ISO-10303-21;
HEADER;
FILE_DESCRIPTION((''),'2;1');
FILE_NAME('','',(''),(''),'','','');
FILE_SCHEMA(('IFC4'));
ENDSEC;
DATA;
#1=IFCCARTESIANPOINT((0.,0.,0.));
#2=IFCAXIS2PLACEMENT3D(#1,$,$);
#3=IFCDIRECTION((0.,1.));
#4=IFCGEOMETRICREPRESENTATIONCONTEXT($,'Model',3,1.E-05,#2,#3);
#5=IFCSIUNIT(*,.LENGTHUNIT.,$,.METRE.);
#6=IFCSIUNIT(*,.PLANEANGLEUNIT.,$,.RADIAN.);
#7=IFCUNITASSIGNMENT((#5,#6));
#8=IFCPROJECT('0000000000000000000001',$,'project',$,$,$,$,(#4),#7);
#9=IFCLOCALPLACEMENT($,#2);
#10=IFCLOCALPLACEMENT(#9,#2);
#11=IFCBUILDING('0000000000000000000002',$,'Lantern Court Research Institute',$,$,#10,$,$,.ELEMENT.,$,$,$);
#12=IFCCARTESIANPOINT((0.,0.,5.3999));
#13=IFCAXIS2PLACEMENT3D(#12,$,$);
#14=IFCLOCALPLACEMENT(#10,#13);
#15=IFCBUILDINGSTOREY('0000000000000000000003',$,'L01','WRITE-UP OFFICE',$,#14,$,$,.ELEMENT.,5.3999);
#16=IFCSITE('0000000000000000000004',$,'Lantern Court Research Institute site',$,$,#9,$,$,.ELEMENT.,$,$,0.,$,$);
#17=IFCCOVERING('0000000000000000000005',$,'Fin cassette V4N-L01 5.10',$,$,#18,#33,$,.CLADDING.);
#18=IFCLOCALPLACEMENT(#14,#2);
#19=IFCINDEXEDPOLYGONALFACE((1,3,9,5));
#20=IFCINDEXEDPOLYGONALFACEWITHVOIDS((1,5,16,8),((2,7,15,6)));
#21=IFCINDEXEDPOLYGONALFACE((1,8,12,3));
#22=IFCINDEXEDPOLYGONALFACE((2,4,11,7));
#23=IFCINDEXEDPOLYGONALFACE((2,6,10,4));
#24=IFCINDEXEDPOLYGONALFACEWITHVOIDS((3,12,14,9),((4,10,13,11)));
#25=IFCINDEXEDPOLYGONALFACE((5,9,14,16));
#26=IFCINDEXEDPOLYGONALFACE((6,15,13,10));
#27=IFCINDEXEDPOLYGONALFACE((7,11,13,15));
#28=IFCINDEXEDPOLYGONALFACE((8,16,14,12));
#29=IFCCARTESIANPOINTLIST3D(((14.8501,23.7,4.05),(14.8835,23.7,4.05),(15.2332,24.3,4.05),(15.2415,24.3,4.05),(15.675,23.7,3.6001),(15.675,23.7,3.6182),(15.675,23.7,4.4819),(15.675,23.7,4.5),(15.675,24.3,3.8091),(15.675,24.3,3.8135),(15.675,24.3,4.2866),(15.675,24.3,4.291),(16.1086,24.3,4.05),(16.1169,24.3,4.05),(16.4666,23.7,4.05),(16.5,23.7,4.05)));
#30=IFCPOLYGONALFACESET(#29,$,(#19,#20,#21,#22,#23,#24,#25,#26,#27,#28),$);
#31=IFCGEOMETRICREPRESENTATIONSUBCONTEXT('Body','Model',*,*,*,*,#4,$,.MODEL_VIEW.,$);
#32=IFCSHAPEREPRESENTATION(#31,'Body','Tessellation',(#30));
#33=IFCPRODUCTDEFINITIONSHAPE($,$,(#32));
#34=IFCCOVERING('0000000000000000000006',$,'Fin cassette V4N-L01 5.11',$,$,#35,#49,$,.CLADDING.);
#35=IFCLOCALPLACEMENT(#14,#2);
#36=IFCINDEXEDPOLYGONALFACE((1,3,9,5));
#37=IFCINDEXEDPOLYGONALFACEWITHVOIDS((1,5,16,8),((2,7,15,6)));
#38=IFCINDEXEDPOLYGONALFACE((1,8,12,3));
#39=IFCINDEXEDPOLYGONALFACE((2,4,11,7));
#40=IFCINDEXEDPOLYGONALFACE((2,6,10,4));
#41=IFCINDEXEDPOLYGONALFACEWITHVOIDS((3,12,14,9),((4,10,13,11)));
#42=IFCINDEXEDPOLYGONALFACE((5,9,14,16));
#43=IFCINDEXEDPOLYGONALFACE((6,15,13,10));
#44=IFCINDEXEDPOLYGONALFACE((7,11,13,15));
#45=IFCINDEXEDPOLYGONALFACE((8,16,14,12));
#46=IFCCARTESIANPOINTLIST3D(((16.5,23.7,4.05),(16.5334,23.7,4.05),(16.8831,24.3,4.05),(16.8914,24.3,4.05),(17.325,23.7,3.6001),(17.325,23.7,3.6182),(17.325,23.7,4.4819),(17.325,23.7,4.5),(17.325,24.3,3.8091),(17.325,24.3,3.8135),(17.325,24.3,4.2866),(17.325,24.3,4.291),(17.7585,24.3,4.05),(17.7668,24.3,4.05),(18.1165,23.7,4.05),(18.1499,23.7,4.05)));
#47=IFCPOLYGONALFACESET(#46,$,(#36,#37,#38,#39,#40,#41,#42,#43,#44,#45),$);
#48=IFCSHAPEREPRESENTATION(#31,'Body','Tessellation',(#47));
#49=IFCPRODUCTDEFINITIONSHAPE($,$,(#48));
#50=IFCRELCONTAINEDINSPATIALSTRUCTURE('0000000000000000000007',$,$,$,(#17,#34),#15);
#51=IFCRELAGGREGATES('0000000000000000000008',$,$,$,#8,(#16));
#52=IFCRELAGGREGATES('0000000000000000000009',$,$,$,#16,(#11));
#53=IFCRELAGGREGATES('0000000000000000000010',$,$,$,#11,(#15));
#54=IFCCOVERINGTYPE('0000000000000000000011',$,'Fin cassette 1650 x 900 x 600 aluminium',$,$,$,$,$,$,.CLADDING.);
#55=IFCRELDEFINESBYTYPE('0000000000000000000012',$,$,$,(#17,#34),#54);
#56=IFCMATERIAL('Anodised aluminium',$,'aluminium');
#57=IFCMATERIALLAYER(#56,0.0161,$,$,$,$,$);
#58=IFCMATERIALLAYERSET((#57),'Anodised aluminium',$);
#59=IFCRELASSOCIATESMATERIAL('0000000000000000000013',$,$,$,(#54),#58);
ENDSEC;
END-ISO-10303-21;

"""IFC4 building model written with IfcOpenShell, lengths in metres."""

from ifc_helpers import new_model, entity, si_unit, direction, frame, origin, place, context, subcontext, project, spatial, material, layer, layer_set, type_object, element, save


model = new_model("IFC4")

# Units and contexts
model_context = context("Model", 3, precision=1e-05, world=origin(), true_north=direction((0.0, 1.0)))
body_context = subcontext(model_context, "Body", "Model", "MODEL_VIEW")
ifc_project = project(units=[si_unit("LENGTHUNIT", "METRE"), si_unit("PLANEANGLEUNIT", "RADIAN")], contexts=[model_context])

# Site, building, storey
site_placement = place(None, origin())
site = spatial("IfcSite", under=ifc_project, at=site_placement, Name="Lantern Court Research Institute site", CompositionType="ELEMENT", RefElevation=0.0)
building_placement = place(site_placement, origin())
building = spatial("IfcBuilding", under=site, at=building_placement, Name="Lantern Court Research Institute", CompositionType="ELEMENT")
storey_placement = place(building_placement, frame((0.0, 0.0, 5.3999)))
storey = spatial("IfcBuildingStorey", under=building, at=storey_placement, Name="L01", Description="WRITE-UP OFFICE", CompositionType="ELEMENT", Elevation=5.3999)

# Coverings
ifc_material_1 = material(Name="Anodised aluminium", Category="aluminium")
ifc_layer_1 = layer(ifc_material_1, 0.0161)
ifc_layer_set_1 = layer_set([ifc_layer_1], Name="Anodised aluminium")
covering_type = type_object("IfcCoveringType", Name="Fin cassette 1650 x 900 x 600 aluminium", PredefinedType="CLADDING", material=ifc_layer_set_1)
covering_1_placement = place(storey_placement, frame((15.675, 23.7, 4.05), z_axis=(0.0, 1.0, 0.0), x_axis=(-1.0, 0.0, 0.0)))
cartesian_point_1 = entity("IfcCartesianPoint", [0.825, 0.0])
cartesian_point_2 = entity("IfcCartesianPoint", [0.7915, 0.0])
cartesian_point_3 = entity("IfcCartesianPoint", [0.4419, 0.0])
cartesian_point_4 = entity("IfcCartesianPoint", [0.4336, 0.0])
element("IfcCovering", 1, at=covering_1_placement, inside=storey, type_object=covering_type, Name="Fin cassette V4N-L01 5.10", PredefinedType="CLADDING", context=body_context, shape_type="SweptSolid", body=[
    entity("IfcExtrudedAreaSolidTapered", entity("IfcArbitraryProfileDefWithVoids", "AREA", None, entity("IfcPolyline", [cartesian_point_1, entity("IfcCartesianPoint", [0.0, 0.45]), entity("IfcCartesianPoint", [-0.825, 0.0]), entity("IfcCartesianPoint", [0.0, -0.45]), cartesian_point_1]), [entity("IfcPolyline", [cartesian_point_2, entity("IfcCartesianPoint", [0.0, 0.4319]), entity("IfcCartesianPoint", [-0.7915, 0.0]), entity("IfcCartesianPoint", [0.0, -0.4319]), cartesian_point_2])]), entity("IfcAxis2Placement3D", entity("IfcCartesianPoint", [0.0, 0.0, 0.0])), entity("IfcDirection", [0.0, 0.0, 1.0]), 0.6001, entity("IfcArbitraryProfileDefWithVoids", "AREA", None, entity("IfcPolyline", [cartesian_point_3, entity("IfcCartesianPoint", [0.0, 0.241]), entity("IfcCartesianPoint", [-0.4419, 0.0]), entity("IfcCartesianPoint", [0.0, -0.241]), cartesian_point_3]), [entity("IfcPolyline", [cartesian_point_4, entity("IfcCartesianPoint", [0.0, 0.2366]), entity("IfcCartesianPoint", [-0.4336, 0.0]), entity("IfcCartesianPoint", [0.0, -0.2366]), cartesian_point_4])])),
])
covering_2_placement = place(storey_placement, frame((17.325, 23.7, 4.05), z_axis=(0.0, 1.0, 0.0), x_axis=(-1.0, 0.0, 0.0)))
cartesian_point_5 = entity("IfcCartesianPoint", [0.825, 0.0])
cartesian_point_6 = entity("IfcCartesianPoint", [0.7915, 0.0])
cartesian_point_7 = entity("IfcCartesianPoint", [0.4419, 0.0])
cartesian_point_8 = entity("IfcCartesianPoint", [0.4336, 0.0])
element("IfcCovering", 2, at=covering_2_placement, inside=storey, type_object=covering_type, Name="Fin cassette V4N-L01 5.11", PredefinedType="CLADDING", context=body_context, shape_type="SweptSolid", body=[
    entity("IfcExtrudedAreaSolidTapered", entity("IfcArbitraryProfileDefWithVoids", "AREA", None, entity("IfcPolyline", [cartesian_point_5, entity("IfcCartesianPoint", [0.0, 0.45]), entity("IfcCartesianPoint", [-0.825, 0.0]), entity("IfcCartesianPoint", [0.0, -0.45]), cartesian_point_5]), [entity("IfcPolyline", [cartesian_point_6, entity("IfcCartesianPoint", [0.0, 0.4319]), entity("IfcCartesianPoint", [-0.7915, 0.0]), entity("IfcCartesianPoint", [0.0, -0.4319]), cartesian_point_6])]), entity("IfcAxis2Placement3D", entity("IfcCartesianPoint", [0.0, 0.0, 0.0])), entity("IfcDirection", [0.0, 0.0, 1.0]), 0.6001, entity("IfcArbitraryProfileDefWithVoids", "AREA", None, entity("IfcPolyline", [cartesian_point_7, entity("IfcCartesianPoint", [0.0, 0.241]), entity("IfcCartesianPoint", [-0.4419, 0.0]), entity("IfcCartesianPoint", [0.0, -0.241]), cartesian_point_7]), [entity("IfcPolyline", [cartesian_point_8, entity("IfcCartesianPoint", [0.0, 0.2366]), entity("IfcCartesianPoint", [-0.4336, 0.0]), entity("IfcCartesianPoint", [0.0, -0.2366]), cartesian_point_8])])),
])

save(model, "model.ifc")
